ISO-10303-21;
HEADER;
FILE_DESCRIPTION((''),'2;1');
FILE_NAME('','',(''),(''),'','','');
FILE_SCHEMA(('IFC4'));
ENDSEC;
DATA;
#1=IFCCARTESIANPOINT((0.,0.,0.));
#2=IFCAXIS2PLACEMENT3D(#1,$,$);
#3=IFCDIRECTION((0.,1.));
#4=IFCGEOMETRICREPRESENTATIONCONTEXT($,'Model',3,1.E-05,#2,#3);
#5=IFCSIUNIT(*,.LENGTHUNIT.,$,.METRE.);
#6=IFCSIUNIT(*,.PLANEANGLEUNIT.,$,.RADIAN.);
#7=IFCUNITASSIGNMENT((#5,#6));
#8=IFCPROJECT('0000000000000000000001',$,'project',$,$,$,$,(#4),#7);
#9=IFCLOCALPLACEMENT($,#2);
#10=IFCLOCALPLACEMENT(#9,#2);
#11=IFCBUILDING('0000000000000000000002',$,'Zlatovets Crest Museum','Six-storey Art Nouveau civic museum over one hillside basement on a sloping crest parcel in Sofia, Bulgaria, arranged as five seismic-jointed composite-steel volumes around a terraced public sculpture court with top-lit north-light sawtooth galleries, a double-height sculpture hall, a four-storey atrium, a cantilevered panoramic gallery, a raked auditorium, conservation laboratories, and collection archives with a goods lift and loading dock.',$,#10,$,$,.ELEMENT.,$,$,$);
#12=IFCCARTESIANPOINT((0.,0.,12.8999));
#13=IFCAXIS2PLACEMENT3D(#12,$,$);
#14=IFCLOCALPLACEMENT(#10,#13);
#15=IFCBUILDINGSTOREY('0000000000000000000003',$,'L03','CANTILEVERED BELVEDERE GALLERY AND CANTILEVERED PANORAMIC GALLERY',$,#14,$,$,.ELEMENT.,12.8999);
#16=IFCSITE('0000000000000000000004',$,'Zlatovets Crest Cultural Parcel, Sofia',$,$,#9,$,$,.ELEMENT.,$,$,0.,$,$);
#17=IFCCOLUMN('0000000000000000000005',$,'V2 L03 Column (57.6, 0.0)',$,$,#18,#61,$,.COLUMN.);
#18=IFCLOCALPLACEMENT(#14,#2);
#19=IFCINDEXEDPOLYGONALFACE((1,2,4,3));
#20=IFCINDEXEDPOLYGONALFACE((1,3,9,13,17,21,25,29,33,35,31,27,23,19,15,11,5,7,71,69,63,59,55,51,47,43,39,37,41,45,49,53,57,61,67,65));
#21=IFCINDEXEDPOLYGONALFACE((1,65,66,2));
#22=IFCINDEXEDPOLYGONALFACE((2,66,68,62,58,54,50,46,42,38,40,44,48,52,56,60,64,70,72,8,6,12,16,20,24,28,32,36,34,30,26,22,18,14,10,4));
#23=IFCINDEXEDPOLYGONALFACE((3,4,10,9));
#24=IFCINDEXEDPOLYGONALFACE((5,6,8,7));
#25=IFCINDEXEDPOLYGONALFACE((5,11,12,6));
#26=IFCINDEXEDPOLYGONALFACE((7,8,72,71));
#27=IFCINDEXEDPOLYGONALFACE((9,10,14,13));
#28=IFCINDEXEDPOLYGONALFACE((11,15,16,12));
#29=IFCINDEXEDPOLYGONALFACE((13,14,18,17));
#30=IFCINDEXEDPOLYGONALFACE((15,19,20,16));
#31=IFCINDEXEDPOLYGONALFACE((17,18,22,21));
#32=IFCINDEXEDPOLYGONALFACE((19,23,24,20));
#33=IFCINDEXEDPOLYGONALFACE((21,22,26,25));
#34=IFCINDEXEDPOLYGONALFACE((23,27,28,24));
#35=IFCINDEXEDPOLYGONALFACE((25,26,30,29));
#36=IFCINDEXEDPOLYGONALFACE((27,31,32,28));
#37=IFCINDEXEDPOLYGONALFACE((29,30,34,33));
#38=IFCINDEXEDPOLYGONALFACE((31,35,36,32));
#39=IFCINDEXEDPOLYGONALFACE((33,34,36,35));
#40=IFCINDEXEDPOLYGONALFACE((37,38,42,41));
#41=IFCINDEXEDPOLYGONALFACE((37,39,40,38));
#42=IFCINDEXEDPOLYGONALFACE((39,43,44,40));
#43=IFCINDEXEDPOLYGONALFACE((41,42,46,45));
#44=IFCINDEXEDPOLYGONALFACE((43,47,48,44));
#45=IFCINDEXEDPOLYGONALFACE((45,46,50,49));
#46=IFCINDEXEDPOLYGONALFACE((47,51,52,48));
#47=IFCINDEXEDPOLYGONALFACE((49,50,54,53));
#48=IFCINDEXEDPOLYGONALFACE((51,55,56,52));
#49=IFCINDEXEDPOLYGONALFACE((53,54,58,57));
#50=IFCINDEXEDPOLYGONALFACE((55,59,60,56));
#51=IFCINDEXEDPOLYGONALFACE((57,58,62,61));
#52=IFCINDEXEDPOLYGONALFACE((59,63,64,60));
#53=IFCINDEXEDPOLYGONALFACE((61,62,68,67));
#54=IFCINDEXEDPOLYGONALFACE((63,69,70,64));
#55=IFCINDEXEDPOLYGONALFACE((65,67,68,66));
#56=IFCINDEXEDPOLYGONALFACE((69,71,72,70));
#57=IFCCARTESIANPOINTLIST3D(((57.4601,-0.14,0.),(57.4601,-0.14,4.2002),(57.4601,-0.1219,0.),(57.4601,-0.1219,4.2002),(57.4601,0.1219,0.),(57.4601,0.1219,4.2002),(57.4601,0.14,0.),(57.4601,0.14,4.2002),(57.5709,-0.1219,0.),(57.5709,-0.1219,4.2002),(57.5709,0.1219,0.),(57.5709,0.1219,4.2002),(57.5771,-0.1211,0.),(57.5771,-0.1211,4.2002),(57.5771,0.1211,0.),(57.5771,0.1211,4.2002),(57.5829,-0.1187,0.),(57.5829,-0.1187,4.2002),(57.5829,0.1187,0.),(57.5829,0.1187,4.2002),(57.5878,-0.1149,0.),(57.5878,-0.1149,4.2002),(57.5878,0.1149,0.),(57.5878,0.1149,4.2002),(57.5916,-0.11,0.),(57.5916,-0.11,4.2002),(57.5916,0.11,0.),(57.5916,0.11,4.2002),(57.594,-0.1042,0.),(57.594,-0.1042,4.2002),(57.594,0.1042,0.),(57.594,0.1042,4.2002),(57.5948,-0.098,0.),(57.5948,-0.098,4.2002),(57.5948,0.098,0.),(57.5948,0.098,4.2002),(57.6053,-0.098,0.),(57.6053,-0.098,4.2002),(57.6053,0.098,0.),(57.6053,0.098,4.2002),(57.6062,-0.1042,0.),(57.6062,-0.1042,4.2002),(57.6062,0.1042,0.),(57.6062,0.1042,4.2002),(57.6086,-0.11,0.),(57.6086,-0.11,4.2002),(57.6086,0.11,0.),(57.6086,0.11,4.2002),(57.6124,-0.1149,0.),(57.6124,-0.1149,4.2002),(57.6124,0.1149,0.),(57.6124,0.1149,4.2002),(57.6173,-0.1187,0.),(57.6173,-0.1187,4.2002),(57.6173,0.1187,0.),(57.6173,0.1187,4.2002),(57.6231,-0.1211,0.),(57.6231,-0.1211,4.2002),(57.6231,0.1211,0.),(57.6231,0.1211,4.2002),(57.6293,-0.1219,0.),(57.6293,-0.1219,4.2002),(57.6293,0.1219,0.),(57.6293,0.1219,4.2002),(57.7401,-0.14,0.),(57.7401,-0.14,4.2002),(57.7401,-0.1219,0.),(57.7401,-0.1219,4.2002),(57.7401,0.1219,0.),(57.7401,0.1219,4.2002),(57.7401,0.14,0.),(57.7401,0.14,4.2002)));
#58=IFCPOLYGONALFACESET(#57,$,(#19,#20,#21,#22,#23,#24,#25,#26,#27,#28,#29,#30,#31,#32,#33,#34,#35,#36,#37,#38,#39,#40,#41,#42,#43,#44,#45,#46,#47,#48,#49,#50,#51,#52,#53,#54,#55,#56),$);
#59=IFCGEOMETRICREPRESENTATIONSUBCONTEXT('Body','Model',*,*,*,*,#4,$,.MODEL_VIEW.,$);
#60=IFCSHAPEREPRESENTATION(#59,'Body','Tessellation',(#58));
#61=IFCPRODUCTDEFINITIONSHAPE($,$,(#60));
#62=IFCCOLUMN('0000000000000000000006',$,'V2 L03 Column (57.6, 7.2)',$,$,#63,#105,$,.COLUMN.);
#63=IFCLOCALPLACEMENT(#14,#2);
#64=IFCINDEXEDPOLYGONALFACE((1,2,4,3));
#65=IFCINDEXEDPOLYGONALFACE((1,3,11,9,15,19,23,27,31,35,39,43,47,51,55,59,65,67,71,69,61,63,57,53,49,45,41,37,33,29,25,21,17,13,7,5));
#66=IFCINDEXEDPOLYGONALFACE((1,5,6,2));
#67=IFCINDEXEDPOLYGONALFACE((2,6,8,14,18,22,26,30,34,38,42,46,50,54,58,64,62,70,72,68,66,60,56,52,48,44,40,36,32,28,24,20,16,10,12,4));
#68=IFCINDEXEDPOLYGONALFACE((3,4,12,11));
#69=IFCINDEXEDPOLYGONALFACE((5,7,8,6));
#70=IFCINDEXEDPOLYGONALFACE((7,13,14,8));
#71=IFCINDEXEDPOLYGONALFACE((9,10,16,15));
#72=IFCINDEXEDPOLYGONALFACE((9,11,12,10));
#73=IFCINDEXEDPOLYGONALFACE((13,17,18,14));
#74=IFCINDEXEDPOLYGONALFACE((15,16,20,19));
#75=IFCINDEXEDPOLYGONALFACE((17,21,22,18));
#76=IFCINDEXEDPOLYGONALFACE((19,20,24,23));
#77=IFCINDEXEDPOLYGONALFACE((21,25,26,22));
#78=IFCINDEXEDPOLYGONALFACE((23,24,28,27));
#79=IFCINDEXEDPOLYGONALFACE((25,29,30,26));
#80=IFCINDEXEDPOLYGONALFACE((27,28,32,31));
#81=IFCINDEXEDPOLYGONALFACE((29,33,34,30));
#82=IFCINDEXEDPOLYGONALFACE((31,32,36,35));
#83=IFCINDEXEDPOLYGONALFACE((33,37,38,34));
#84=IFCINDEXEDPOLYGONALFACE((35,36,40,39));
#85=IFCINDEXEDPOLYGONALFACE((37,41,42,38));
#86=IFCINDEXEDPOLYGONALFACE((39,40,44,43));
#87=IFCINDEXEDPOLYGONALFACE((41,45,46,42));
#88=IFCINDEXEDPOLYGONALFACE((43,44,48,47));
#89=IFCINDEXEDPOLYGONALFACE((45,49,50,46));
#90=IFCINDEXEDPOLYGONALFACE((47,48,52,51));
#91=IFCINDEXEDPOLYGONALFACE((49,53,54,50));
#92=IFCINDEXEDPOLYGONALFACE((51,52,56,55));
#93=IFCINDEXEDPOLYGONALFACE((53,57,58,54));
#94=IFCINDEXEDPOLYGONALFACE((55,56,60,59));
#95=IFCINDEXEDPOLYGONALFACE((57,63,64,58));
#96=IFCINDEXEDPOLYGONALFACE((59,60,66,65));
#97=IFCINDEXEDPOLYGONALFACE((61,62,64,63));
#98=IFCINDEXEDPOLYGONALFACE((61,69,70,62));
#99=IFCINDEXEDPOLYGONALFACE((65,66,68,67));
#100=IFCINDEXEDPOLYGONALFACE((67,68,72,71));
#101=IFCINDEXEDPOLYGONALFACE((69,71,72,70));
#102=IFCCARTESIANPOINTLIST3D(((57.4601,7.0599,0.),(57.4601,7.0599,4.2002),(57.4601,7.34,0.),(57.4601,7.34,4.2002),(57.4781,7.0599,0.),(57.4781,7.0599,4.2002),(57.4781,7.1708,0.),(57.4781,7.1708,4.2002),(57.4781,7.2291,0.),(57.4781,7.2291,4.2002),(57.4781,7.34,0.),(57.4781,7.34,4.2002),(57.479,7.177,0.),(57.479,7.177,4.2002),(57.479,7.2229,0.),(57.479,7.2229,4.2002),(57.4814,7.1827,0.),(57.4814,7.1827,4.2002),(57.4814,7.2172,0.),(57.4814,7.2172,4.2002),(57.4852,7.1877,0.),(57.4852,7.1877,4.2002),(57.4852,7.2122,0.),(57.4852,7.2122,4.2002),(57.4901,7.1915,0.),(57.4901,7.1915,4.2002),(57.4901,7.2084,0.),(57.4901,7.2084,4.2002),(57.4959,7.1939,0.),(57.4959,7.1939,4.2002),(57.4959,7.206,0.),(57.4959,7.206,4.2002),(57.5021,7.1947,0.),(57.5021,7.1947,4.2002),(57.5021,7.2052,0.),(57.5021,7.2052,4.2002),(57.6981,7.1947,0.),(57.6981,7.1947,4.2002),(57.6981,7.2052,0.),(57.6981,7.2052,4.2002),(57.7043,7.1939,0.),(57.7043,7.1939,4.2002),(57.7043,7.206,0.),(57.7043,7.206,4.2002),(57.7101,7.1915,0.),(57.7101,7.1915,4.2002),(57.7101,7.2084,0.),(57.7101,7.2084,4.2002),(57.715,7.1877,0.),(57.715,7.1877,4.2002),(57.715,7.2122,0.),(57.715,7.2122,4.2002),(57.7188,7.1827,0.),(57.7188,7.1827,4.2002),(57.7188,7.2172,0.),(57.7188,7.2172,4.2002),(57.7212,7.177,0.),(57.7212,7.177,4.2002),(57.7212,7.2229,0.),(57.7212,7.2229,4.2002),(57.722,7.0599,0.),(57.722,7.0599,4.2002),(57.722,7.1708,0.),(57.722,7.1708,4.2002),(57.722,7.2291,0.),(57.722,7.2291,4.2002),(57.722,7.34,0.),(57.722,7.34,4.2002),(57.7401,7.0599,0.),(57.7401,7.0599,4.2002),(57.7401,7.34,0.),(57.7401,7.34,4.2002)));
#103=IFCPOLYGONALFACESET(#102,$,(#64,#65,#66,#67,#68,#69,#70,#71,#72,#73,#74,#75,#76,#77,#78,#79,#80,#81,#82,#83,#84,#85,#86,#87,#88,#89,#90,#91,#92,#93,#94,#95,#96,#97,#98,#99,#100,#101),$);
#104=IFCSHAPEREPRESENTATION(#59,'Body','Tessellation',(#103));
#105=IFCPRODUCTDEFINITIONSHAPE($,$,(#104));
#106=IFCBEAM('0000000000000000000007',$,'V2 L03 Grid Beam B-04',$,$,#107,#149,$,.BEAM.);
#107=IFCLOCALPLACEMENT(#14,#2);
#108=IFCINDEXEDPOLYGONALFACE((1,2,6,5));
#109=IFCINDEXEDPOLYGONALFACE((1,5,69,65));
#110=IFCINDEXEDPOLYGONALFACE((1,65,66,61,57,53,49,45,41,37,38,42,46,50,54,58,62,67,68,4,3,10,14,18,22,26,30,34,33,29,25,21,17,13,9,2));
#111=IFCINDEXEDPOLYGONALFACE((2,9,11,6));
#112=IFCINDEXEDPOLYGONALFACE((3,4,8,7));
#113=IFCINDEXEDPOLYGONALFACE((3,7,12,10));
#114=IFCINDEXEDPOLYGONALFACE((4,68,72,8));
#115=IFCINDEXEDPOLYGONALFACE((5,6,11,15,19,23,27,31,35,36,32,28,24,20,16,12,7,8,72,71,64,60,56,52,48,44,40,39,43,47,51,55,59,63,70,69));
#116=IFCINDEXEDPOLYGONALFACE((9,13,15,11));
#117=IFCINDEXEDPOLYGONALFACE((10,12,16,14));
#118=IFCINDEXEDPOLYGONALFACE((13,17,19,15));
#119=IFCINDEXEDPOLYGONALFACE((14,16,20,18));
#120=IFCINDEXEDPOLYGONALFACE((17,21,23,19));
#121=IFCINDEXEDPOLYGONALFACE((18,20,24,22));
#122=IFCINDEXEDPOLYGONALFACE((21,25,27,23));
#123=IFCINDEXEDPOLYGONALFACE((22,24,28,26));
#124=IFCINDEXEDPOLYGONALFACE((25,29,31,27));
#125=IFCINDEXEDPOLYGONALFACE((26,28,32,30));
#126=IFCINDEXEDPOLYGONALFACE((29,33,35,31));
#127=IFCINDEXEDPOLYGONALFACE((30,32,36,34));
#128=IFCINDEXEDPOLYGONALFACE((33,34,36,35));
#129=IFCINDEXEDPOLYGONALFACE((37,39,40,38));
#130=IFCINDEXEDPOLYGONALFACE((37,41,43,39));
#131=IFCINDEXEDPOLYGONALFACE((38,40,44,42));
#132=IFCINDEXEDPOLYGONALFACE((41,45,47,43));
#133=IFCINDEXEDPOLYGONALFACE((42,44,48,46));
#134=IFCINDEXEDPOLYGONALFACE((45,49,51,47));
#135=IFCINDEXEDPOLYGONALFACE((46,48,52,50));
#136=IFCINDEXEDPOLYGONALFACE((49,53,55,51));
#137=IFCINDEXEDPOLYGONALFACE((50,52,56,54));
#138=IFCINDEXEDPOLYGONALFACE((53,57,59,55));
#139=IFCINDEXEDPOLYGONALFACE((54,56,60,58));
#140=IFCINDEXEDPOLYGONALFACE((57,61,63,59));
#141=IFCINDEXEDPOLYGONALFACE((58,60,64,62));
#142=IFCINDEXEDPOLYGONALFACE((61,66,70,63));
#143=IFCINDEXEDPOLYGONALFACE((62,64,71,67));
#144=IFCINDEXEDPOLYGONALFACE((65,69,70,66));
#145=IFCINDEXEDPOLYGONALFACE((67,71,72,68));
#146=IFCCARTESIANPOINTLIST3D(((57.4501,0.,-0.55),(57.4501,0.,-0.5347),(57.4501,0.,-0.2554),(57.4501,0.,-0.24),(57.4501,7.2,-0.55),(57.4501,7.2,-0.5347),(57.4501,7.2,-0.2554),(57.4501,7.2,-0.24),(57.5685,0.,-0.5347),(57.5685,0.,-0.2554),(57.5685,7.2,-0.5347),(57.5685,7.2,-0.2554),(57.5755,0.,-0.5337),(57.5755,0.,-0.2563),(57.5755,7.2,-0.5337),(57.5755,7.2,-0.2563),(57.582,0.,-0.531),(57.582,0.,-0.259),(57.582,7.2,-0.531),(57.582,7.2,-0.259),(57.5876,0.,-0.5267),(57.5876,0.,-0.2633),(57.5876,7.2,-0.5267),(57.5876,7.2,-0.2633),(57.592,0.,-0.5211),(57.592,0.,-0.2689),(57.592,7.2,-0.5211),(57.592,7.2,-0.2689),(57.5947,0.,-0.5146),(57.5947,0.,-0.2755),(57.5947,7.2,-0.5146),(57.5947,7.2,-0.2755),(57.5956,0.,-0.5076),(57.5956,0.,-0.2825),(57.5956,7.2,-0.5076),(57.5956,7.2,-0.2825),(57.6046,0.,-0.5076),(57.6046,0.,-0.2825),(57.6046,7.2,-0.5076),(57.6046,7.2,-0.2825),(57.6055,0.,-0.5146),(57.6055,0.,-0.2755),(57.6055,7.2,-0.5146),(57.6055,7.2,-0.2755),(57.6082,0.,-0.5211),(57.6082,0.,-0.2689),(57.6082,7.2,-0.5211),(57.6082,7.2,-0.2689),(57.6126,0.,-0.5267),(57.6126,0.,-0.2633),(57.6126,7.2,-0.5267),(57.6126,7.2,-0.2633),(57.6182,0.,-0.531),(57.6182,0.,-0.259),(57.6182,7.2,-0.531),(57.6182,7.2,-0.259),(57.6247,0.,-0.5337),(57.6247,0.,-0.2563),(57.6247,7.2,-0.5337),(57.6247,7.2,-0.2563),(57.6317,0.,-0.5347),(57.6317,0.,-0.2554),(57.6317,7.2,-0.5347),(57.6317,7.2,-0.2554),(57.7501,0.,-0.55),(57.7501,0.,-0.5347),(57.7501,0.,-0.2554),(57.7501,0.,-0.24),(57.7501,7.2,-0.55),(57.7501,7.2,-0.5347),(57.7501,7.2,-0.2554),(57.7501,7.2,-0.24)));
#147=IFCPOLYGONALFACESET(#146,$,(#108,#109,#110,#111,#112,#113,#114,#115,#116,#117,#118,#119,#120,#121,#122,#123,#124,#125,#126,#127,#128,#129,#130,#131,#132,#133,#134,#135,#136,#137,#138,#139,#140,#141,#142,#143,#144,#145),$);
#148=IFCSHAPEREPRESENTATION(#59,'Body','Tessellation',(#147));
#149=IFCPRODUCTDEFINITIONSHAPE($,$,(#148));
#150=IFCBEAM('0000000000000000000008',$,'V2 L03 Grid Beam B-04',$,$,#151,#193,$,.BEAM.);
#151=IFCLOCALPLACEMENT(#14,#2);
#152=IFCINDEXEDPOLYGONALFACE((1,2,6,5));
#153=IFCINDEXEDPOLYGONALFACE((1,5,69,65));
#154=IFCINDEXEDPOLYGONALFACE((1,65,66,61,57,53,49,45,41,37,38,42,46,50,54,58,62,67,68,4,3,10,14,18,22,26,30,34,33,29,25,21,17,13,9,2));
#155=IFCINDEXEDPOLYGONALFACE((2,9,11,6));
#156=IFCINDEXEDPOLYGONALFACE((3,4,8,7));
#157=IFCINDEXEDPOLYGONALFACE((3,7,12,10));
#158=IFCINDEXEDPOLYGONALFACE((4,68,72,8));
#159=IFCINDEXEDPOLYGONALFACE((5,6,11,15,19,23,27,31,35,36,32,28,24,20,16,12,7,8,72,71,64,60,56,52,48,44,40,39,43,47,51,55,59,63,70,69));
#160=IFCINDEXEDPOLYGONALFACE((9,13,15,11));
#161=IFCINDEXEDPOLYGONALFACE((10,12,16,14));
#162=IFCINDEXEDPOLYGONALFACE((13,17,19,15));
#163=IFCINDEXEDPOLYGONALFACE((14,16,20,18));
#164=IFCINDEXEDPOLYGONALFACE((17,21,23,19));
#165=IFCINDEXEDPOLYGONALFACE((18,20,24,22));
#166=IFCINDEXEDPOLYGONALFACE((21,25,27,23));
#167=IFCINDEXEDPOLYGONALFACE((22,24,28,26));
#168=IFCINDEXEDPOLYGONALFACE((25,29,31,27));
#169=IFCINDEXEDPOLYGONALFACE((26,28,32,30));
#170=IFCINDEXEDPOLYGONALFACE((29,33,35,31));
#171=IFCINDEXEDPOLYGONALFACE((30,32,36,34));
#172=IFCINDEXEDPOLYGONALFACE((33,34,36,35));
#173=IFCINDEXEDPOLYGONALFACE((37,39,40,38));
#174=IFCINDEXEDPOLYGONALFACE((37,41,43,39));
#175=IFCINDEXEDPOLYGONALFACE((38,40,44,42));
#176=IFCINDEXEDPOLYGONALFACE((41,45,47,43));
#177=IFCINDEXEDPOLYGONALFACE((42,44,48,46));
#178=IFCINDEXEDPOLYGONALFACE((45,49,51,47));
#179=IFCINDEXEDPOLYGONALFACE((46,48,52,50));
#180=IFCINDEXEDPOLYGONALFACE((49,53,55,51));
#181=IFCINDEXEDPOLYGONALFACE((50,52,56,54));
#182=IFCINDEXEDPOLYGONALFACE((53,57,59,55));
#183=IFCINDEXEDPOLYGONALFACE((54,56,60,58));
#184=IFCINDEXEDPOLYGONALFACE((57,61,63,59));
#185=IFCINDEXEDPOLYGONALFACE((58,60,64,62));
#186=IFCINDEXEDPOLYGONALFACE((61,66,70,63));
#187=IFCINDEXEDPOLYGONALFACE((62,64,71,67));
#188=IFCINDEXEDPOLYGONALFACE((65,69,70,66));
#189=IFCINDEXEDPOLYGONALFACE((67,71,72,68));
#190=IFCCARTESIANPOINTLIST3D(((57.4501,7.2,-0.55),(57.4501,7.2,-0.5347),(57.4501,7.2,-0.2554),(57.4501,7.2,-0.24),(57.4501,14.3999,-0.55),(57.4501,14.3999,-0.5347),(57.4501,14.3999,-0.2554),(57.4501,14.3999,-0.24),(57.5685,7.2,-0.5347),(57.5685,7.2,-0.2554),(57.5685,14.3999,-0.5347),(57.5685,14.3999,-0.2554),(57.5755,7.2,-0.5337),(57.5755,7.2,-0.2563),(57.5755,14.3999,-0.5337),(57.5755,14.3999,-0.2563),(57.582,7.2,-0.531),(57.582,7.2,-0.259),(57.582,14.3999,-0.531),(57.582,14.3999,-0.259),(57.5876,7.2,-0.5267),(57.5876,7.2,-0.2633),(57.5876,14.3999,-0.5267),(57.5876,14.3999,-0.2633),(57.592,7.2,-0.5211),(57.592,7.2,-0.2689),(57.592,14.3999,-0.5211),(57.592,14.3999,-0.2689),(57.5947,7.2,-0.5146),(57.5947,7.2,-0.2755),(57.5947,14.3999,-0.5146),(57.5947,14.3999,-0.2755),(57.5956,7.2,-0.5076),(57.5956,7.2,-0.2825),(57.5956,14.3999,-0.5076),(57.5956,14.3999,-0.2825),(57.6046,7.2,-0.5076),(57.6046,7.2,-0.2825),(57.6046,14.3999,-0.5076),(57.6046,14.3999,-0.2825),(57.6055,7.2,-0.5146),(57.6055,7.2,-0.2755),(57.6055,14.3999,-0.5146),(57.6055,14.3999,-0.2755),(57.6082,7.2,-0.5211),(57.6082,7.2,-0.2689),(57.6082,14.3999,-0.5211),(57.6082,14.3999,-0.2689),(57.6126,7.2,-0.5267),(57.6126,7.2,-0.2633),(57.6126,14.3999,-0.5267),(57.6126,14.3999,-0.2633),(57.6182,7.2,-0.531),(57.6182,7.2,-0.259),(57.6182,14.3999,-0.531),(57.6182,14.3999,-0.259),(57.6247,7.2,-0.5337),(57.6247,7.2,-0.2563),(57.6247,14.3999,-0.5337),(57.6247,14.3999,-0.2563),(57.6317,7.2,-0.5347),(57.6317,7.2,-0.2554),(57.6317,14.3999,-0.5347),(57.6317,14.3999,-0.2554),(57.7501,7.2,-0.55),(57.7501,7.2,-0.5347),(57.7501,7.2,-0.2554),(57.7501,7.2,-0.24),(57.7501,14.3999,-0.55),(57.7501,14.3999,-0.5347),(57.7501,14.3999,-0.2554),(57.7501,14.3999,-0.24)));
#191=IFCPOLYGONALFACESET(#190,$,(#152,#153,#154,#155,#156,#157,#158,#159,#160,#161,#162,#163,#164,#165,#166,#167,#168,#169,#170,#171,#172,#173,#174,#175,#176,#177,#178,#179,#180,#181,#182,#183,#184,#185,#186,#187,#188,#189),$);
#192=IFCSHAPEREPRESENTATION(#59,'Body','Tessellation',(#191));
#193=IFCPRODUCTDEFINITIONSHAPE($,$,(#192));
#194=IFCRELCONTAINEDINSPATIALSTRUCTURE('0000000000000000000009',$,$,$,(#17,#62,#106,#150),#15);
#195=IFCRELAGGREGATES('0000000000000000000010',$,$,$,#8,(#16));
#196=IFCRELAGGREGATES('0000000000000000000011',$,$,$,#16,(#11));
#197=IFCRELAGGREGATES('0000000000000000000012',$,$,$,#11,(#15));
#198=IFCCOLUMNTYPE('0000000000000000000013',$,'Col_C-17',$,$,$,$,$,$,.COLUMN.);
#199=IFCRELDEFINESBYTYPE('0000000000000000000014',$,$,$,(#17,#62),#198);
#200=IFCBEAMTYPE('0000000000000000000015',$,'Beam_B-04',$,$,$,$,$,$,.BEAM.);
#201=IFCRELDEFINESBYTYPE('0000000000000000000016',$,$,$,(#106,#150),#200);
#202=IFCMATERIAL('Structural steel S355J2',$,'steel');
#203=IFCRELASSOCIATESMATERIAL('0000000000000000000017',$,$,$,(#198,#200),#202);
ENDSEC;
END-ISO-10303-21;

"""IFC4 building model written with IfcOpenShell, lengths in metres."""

from ifc_helpers import new_model, si_unit, direction, frame, origin, origin_2d, place, context, subcontext, project, spatial, i_section, extrude, material, material_profile, profile_set, type_object, element, save


model = new_model("IFC4")

# Units and contexts
model_context = context("Model", 3, precision=1e-05, world=origin(), true_north=direction((0.0, 1.0)))
body_context = subcontext(model_context, "Body", "Model", "MODEL_VIEW")
ifc_project = project(units=[si_unit("LENGTHUNIT", "METRE"), si_unit("PLANEANGLEUNIT", "RADIAN")], contexts=[model_context])

# Site, building, storey
site_placement = place(None, origin())
site = spatial("IfcSite", under=ifc_project, at=site_placement, Name="Zlatovets Crest Cultural Parcel, Sofia", CompositionType="ELEMENT", RefElevation=0.0)
building_placement = place(site_placement, origin())
building = spatial("IfcBuilding", under=site, at=building_placement, Name="Zlatovets Crest Museum", Description="Six-storey Art Nouveau civic museum over one hillside basement on a sloping crest parcel in Sofia, Bulgaria, arranged as five seismic-jointed composite-steel volumes around a terraced public sculpture court with top-lit north-light sawtooth galleries, a double-height sculpture hall, a four-storey atrium, a cantilevered panoramic gallery, a raked auditorium, conservation laboratories, and collection archives with a goods lift and loading dock.", CompositionType="ELEMENT")
storey_placement = place(building_placement, frame((0.0, 0.0, 12.8999)))
storey = spatial("IfcBuildingStorey", under=building, at=storey_placement, Name="L03", Description="CANTILEVERED BELVEDERE GALLERY AND CANTILEVERED PANORAMIC GALLERY", CompositionType="ELEMENT", Elevation=12.8999)

# Columns
ifc_material_1 = material(Name="Structural steel S355J2", Category="steel")
ifc_material_profile_1 = material_profile(ifc_material_1, i_section(OverallWidth=0.28, OverallDepth=0.28, WebThickness=0.0105, FlangeThickness=0.0181, FilletRadius=0.0239, at=origin_2d()), Name="HEB 280")
ifc_profile_set_1 = profile_set([ifc_material_profile_1], Name="Structural steel S355J2")
column_type = type_object("IfcColumnType", Name="Col_C-17", PredefinedType="COLUMN", material=ifc_profile_set_1)
for number, where, z_axis, x_axis, name in (
    (1, (57.6001, 0.0, 0.0), (0.0, 0.0, 1.0), (1.0, 0.0, 0.0), "V2 L03 Column (57.6, 0.0)"),
    (2, (57.6001, 7.2, 0.0), (0.0, 0.0, 1.0), (0.0, 1.0, 0.0), "V2 L03 Column (57.6, 7.2)"),
):
    element("IfcColumn", number, at=place(storey_placement, frame(where, z_axis=z_axis, x_axis=x_axis)), inside=storey, type_object=column_type, Name=name, PredefinedType="COLUMN", context=body_context, shape_type="SweptSolid", body=[
        extrude(i_section(OverallWidth=0.28, OverallDepth=0.28, WebThickness=0.0105, FlangeThickness=0.0181, FilletRadius=0.0239, at=origin_2d()), origin(), (0.0, 0.0, 1.0), 4.2002),
    ])

# Beams
ifc_material_profile_2 = material_profile(ifc_material_1, i_section(OverallWidth=0.3, OverallDepth=0.3101, WebThickness=0.009, FlangeThickness=0.0154, FilletRadius=0.0271, at=origin_2d()), Name="HEA 320")
ifc_profile_set_2 = profile_set([ifc_material_profile_2], Name="Structural steel S355J2")
beam_type_1 = type_object("IfcBeamType", Name="Beam_B-04", PredefinedType="BEAM", material=ifc_profile_set_2)
for number, where, z_axis, x_axis, name in (
    (3, (57.6001, 0.0, -0.395), (0.0, 1.0, 0.0), (-1.0, 0.0, 0.0), "V2 L03 Grid Beam B-04"),
    (4, (57.6001, 7.2, -0.395), (0.0, 1.0, 0.0), (-1.0, 0.0, 0.0), "V2 L03 Grid Beam B-04"),
):
    element("IfcBeam", number, at=place(storey_placement, frame(where, z_axis=z_axis, x_axis=x_axis)), inside=storey, type_object=beam_type_1, Name=name, PredefinedType="BEAM", context=body_context, shape_type="SweptSolid", body=[
        extrude(i_section(OverallWidth=0.3, OverallDepth=0.3101, WebThickness=0.009, FlangeThickness=0.0154, FilletRadius=0.0271, at=origin_2d()), origin(), (0.0, 0.0, 1.0), 7.2),
    ])

save(model, "model.ifc")
